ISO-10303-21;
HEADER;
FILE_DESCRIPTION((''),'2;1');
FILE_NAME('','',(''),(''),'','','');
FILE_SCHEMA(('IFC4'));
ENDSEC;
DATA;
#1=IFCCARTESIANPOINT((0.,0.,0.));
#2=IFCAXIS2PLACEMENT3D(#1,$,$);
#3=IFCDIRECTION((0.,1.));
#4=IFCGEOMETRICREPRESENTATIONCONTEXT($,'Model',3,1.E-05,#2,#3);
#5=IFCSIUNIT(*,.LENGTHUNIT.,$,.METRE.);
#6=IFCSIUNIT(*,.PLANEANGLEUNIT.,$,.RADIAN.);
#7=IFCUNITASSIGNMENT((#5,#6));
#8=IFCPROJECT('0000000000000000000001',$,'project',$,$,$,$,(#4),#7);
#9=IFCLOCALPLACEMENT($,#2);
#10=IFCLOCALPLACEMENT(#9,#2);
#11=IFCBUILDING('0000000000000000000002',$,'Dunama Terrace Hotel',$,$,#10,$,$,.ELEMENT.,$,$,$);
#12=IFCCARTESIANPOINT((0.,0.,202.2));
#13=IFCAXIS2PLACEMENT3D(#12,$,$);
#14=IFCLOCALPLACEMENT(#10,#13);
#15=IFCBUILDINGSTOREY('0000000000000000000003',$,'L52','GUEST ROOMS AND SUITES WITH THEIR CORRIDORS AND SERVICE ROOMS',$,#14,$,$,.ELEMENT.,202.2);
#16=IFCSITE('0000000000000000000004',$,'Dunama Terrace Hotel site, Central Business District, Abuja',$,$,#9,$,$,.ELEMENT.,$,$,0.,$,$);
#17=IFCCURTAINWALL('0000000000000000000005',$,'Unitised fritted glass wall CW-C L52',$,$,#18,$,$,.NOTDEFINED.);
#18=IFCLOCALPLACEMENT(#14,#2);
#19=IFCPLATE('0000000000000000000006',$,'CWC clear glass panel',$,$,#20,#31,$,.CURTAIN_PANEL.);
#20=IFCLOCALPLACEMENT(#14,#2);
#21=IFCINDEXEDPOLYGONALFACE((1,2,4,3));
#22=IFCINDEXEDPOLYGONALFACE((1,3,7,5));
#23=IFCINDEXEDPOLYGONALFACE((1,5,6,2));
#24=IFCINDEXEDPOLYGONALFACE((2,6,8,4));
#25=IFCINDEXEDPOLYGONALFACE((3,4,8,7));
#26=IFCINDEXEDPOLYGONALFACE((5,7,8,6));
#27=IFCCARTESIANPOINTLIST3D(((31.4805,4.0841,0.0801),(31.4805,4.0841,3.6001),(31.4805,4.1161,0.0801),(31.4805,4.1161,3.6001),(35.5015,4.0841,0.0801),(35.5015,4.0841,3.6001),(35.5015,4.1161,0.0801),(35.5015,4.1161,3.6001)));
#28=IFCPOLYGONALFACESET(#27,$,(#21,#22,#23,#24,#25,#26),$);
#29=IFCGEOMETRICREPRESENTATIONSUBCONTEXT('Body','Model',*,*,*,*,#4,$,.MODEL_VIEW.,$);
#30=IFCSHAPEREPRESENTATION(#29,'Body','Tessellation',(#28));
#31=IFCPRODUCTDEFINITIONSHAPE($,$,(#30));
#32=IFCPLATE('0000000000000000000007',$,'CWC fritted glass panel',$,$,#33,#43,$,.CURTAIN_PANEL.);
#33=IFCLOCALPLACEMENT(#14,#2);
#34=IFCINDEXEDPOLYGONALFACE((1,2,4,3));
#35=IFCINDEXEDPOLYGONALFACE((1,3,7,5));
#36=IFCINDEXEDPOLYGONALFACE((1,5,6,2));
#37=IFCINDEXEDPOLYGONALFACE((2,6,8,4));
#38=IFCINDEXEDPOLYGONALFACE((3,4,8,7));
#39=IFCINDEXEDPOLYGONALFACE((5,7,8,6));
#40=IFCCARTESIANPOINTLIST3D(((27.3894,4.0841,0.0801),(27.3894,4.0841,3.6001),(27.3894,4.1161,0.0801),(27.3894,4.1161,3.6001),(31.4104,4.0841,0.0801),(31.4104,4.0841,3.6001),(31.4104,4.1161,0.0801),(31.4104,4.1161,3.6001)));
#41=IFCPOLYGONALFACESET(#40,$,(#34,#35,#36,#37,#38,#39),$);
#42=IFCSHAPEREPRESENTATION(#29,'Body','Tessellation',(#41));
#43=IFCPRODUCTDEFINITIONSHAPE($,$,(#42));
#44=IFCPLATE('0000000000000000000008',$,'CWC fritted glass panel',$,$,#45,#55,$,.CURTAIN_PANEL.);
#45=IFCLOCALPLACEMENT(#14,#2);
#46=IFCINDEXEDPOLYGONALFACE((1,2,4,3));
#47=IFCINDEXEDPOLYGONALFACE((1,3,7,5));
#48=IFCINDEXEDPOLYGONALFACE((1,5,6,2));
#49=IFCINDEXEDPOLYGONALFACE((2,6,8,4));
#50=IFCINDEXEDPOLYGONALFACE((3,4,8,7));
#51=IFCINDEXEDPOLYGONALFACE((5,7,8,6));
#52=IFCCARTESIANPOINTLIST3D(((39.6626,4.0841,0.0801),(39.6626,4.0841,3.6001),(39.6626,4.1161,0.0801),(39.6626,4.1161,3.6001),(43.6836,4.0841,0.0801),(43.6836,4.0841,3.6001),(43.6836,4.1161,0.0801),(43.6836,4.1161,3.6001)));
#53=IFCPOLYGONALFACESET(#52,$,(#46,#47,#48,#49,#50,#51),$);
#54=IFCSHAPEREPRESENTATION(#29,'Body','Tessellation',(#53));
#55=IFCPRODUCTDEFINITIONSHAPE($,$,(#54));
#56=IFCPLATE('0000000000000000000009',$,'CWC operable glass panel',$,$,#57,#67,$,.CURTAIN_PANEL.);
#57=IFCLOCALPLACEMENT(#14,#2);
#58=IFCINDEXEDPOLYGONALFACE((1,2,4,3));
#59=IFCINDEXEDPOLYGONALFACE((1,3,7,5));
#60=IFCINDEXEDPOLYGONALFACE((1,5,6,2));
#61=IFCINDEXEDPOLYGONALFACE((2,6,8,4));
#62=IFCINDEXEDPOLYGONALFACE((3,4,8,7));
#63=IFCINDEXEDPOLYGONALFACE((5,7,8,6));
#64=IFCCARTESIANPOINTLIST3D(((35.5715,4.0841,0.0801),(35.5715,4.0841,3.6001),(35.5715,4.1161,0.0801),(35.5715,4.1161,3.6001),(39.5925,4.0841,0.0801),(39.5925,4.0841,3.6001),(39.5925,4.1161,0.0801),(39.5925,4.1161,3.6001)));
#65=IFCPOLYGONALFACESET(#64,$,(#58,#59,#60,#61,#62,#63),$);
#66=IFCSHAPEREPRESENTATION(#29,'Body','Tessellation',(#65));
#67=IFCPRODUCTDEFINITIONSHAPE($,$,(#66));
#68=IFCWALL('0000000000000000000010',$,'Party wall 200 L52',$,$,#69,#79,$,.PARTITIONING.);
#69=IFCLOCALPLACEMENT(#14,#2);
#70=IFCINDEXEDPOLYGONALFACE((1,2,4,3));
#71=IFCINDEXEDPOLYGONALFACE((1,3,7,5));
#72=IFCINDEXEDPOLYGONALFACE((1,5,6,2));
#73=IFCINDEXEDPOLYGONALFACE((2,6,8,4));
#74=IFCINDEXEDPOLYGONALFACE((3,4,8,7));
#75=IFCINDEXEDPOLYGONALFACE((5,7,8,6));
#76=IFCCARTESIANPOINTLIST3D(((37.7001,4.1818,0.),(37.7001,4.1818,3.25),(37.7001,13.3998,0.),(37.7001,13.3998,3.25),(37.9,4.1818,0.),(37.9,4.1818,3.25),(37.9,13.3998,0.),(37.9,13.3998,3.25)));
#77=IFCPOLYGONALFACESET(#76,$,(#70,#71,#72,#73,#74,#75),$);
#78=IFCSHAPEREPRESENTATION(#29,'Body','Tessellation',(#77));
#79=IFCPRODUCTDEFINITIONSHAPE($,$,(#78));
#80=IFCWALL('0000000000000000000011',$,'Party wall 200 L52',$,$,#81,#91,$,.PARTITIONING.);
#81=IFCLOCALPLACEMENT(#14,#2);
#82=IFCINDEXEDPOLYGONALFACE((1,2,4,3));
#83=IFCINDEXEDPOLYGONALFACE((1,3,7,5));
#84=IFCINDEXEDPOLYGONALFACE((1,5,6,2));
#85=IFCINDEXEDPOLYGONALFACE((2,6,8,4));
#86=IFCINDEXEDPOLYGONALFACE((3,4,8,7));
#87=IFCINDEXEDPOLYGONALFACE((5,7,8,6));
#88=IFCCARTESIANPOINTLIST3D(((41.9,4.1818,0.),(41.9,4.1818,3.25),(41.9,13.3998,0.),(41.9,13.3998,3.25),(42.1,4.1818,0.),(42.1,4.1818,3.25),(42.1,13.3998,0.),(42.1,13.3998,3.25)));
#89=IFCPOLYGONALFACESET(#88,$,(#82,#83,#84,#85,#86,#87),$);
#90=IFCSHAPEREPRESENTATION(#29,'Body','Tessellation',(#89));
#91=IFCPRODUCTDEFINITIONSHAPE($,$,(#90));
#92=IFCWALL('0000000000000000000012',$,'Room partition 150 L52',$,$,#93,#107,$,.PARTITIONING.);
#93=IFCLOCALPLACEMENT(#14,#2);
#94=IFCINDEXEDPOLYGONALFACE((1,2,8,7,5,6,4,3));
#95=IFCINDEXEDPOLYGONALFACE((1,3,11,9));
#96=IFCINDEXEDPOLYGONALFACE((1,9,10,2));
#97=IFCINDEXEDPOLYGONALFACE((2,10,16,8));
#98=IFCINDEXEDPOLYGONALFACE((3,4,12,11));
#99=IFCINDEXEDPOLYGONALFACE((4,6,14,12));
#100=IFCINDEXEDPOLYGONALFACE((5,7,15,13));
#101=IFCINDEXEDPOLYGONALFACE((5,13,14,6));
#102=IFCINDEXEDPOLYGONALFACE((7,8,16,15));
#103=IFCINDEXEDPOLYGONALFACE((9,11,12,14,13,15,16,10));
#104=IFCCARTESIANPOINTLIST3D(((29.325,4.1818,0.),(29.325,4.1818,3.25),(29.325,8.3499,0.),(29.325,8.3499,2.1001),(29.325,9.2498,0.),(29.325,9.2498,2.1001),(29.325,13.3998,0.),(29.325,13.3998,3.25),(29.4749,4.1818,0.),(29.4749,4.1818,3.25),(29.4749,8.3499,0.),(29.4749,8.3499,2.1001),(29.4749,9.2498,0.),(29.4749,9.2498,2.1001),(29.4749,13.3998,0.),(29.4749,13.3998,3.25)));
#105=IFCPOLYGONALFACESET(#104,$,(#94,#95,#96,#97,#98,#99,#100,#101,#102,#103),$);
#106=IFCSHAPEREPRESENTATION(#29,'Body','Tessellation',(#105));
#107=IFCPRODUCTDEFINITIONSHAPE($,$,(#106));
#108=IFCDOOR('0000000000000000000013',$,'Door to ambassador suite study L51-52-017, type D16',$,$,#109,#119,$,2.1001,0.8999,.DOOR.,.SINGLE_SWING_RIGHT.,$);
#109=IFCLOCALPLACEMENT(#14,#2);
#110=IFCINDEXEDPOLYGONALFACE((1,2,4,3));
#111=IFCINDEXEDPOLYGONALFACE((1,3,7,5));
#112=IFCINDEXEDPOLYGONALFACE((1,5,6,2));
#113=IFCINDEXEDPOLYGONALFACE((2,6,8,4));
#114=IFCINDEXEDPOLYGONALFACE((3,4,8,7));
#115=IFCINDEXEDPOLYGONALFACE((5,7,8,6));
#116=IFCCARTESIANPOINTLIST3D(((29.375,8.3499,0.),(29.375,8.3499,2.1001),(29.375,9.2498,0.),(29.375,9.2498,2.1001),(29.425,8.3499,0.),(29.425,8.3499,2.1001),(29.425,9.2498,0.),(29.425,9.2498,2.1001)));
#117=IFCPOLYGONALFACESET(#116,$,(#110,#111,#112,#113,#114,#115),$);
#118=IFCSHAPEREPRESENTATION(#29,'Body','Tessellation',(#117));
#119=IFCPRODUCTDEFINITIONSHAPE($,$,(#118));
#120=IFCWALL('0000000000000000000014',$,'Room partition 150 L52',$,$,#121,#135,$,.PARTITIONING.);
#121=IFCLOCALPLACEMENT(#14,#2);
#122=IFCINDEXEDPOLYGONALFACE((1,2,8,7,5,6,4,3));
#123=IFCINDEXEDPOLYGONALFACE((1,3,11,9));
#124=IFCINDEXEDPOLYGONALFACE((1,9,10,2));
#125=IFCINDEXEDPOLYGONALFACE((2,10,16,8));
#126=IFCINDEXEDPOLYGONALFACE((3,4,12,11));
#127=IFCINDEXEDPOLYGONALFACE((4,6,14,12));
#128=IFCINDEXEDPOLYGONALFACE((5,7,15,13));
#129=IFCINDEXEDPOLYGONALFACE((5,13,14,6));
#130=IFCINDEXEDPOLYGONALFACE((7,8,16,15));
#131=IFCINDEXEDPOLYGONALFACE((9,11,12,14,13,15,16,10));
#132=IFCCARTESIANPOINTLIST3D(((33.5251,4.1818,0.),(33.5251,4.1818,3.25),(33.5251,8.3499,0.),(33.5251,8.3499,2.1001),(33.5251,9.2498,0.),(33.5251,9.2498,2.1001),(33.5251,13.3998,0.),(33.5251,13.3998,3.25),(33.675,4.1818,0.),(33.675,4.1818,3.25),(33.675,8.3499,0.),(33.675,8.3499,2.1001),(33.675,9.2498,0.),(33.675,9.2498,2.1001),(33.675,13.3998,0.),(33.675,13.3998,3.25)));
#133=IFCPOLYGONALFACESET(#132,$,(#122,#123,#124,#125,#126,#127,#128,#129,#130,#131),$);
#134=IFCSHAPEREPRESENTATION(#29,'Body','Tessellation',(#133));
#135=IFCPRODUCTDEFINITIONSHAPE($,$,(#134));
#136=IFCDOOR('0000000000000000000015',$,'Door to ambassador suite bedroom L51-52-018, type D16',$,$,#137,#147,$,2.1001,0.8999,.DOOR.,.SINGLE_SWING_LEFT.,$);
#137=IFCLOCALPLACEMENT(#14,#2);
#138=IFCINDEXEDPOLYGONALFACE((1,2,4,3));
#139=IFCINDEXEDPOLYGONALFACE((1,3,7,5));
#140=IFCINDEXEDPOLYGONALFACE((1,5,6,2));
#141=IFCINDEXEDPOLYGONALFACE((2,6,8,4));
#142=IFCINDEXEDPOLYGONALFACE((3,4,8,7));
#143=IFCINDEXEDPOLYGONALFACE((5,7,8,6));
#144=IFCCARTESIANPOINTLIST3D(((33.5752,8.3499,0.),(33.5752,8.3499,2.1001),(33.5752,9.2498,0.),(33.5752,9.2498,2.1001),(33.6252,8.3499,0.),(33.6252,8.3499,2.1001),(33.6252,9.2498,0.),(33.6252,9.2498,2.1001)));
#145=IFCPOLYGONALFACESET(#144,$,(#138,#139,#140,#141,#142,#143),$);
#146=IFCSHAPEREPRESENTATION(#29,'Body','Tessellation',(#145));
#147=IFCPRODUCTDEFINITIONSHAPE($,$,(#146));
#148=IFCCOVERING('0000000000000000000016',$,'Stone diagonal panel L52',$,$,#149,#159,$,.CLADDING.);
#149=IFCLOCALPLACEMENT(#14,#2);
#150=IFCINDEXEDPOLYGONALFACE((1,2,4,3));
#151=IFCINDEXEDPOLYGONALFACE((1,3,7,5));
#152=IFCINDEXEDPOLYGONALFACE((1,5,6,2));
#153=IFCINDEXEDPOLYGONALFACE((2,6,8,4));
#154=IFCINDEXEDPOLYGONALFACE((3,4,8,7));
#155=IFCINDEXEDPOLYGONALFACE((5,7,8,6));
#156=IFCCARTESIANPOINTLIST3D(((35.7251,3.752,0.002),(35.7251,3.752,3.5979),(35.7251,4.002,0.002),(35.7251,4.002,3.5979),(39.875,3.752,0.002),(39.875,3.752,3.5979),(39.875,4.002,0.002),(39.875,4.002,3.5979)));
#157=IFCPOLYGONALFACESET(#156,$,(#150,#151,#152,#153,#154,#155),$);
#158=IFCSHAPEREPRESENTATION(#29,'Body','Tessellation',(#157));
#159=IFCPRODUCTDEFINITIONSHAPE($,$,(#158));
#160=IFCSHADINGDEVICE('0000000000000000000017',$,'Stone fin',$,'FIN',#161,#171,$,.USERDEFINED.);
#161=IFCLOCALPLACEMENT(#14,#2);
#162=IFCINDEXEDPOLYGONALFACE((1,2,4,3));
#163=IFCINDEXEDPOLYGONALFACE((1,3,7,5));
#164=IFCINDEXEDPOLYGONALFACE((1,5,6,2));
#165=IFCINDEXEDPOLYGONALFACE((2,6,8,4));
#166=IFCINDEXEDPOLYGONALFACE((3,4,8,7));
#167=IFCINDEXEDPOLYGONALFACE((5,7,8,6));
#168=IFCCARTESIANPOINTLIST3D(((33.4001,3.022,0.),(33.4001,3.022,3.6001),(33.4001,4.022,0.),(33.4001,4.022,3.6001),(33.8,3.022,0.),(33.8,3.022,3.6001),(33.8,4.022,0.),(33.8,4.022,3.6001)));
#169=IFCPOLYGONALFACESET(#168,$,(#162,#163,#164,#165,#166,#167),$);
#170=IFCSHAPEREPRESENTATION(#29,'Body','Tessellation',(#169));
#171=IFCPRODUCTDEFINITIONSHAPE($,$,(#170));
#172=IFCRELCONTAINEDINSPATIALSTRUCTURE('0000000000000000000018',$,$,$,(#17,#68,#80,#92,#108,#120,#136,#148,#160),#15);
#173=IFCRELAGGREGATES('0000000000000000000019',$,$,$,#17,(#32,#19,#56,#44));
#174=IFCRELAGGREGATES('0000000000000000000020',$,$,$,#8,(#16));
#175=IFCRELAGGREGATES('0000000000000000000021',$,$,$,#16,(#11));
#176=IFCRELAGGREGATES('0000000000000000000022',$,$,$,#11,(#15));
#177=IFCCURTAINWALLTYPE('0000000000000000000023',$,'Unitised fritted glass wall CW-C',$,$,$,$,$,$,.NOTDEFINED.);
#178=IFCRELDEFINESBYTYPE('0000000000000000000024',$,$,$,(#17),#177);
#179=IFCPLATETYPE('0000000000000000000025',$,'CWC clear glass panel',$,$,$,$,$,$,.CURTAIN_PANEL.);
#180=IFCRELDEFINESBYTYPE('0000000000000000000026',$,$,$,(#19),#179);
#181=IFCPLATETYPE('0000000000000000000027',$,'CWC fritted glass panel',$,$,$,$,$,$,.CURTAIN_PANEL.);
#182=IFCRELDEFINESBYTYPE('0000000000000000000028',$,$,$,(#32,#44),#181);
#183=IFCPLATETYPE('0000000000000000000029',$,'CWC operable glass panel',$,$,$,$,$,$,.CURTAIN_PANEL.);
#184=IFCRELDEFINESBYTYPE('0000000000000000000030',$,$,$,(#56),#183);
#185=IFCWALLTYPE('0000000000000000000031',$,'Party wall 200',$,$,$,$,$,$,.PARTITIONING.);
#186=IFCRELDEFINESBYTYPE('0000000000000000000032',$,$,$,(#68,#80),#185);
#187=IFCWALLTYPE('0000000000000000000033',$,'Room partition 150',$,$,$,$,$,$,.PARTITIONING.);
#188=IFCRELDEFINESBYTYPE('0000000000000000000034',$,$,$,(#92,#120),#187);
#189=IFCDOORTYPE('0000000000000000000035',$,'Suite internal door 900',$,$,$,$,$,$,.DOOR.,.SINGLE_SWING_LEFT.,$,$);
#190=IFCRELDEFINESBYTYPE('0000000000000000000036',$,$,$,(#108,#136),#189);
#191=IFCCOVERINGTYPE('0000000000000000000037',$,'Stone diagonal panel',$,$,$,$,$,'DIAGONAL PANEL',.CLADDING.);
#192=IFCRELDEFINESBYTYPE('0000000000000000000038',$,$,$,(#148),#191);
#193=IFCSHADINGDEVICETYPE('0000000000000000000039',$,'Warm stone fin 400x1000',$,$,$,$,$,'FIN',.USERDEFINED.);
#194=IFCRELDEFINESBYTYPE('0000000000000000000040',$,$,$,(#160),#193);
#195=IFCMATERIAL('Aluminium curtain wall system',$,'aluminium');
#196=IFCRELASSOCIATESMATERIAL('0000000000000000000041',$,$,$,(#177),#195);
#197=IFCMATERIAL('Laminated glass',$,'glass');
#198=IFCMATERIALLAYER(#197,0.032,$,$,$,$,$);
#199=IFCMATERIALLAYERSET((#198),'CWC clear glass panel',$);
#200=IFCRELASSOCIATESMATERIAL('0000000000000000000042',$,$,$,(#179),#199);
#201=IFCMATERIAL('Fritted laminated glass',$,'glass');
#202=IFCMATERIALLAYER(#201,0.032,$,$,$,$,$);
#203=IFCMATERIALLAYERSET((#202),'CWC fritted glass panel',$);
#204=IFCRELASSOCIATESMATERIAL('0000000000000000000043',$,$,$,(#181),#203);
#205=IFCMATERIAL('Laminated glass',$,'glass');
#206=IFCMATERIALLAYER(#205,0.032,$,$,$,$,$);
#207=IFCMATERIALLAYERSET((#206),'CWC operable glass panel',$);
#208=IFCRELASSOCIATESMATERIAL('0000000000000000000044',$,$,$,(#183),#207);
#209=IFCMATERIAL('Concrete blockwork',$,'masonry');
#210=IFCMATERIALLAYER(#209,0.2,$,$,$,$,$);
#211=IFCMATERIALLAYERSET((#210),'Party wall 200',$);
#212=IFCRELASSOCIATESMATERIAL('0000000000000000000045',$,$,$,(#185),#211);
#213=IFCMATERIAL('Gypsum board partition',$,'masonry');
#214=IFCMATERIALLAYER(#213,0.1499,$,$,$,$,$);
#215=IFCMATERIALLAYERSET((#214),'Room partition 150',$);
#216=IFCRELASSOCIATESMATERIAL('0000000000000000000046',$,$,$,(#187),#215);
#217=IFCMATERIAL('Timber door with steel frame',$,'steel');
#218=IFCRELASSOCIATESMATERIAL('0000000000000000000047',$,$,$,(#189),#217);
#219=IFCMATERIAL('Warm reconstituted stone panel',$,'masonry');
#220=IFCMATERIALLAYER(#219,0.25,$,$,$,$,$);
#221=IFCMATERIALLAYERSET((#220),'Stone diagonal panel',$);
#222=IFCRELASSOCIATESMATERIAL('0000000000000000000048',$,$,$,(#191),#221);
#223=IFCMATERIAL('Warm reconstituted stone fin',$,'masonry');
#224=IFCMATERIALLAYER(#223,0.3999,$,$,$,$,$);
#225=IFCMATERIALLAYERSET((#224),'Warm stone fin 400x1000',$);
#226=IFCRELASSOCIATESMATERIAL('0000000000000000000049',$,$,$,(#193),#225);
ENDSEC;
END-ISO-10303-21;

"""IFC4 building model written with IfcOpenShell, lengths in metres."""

from ifc_helpers import new_model, si_unit, direction, frame, frame_2d, origin, origin_2d, place, context, subcontext, project, spatial, rectangle, extrude, material, layer, layer_set, type_object, element, fill, aggregate, save


model = new_model("IFC4")

# Units and contexts
model_context = context("Model", 3, precision=1e-05, world=origin(), true_north=direction((0.0, 1.0)))
body_context = subcontext(model_context, "Body", "Model", "MODEL_VIEW")
ifc_project = project(units=[si_unit("LENGTHUNIT", "METRE"), si_unit("PLANEANGLEUNIT", "RADIAN")], contexts=[model_context])

# Site, building, storey
site_placement = place(None, origin())
site = spatial("IfcSite", under=ifc_project, at=site_placement, Name="Dunama Terrace Hotel site, Central Business District, Abuja", CompositionType="ELEMENT", RefElevation=0.0)
building_placement = place(site_placement, origin())
building = spatial("IfcBuilding", under=site, at=building_placement, Name="Dunama Terrace Hotel", CompositionType="ELEMENT")
storey_placement = place(building_placement, frame((0.0, 0.0, 202.2)))
storey = spatial("IfcBuildingStorey", under=building, at=storey_placement, Name="L52", Description="GUEST ROOMS AND SUITES WITH THEIR CORRIDORS AND SERVICE ROOMS", CompositionType="ELEMENT", Elevation=202.2)

# Curtain wall
ifc_material_1 = material(Name="Aluminium curtain wall system", Category="aluminium")
curtain_wall_type = type_object("IfcCurtainWallType", Name="Unitised fritted glass wall CW-C", PredefinedType="NOTDEFINED", material=ifc_material_1)
curtain_wall_placement = place(storey_placement, origin())
curtain_wall = element("IfcCurtainWall", 1, at=curtain_wall_placement, inside=storey, type_object=curtain_wall_type, Name="Unitised fritted glass wall CW-C L52", PredefinedType="NOTDEFINED")

# Plates
ifc_material_2 = material(Name="Laminated glass", Category="glass")
ifc_layer_1 = layer(ifc_material_2, 0.032)
ifc_layer_set_1 = layer_set([ifc_layer_1], Name="CWC clear glass panel")
plate_type_1 = type_object("IfcPlateType", Name="CWC clear glass panel", PredefinedType="CURTAIN_PANEL", material=ifc_layer_set_1)
plate_1_placement = place(storey_placement, frame((33.491, 4.1001, 0.0801), z_axis=(0.0, 0.0, 1.0), x_axis=(1.0, 0.0, 0.0)))
plate_1 = element("IfcPlate", 2, at=plate_1_placement, type_object=plate_type_1, Name="CWC clear glass panel", PredefinedType="CURTAIN_PANEL", context=body_context, shape_type="SweptSolid", body=[
    extrude(rectangle(XDim=4.021, YDim=0.032, at=origin_2d()), origin(), (0.0, 0.0, 1.0), 3.52),
])
ifc_material_3 = material(Name="Fritted laminated glass", Category="glass")
ifc_layer_2 = layer(ifc_material_3, 0.032)
ifc_layer_set_2 = layer_set([ifc_layer_2], Name="CWC fritted glass panel")
plate_type_2 = type_object("IfcPlateType", Name="CWC fritted glass panel", PredefinedType="CURTAIN_PANEL", material=ifc_layer_set_2)
plate_2_placement = place(storey_placement, frame((29.3999, 4.1001, 0.0801), z_axis=(0.0, 0.0, 1.0), x_axis=(1.0, 0.0, 0.0)))
plate_2 = element("IfcPlate", 3, at=plate_2_placement, type_object=plate_type_2, Name="CWC fritted glass panel", PredefinedType="CURTAIN_PANEL", context=body_context, shape_type="SweptSolid", body=[
    extrude(rectangle(XDim=4.021, YDim=0.032, at=origin_2d()), origin(), (0.0, 0.0, 1.0), 3.52),
])
plate_3_placement = place(storey_placement, frame((41.6731, 4.1001, 0.0801), z_axis=(0.0, 0.0, 1.0), x_axis=(1.0, 0.0, 0.0)))
plate_3 = element("IfcPlate", 4, at=plate_3_placement, type_object=plate_type_2, Name="CWC fritted glass panel", PredefinedType="CURTAIN_PANEL", context=body_context, shape_type="SweptSolid", body=[
    extrude(rectangle(XDim=4.021, YDim=0.032, at=origin_2d()), origin(), (0.0, 0.0, 1.0), 3.52),
])
ifc_material_4 = material(Name="Laminated glass", Category="glass")
ifc_layer_3 = layer(ifc_material_4, 0.032)
ifc_layer_set_3 = layer_set([ifc_layer_3], Name="CWC operable glass panel")
plate_type_3 = type_object("IfcPlateType", Name="CWC operable glass panel", PredefinedType="CURTAIN_PANEL", material=ifc_layer_set_3)
plate_4_placement = place(storey_placement, frame((37.582, 4.1001, 0.0801), z_axis=(0.0, 0.0, 1.0), x_axis=(1.0, 0.0, 0.0)))
plate_4 = element("IfcPlate", 5, at=plate_4_placement, type_object=plate_type_3, Name="CWC operable glass panel", PredefinedType="CURTAIN_PANEL", context=body_context, shape_type="SweptSolid", body=[
    extrude(rectangle(XDim=4.021, YDim=0.032, at=origin_2d()), origin(), (0.0, 0.0, 1.0), 3.52),
])
aggregate(curtain_wall, [plate_2, plate_1, plate_4, plate_3])

# Walls
ifc_material_5 = material(Name="Concrete blockwork", Category="masonry")
ifc_layer_4 = layer(ifc_material_5, 0.2)
ifc_layer_set_4 = layer_set([ifc_layer_4], Name="Party wall 200")
wall_type_1 = type_object("IfcWallType", Name="Party wall 200", PredefinedType="PARTITIONING", material=ifc_layer_set_4)
for number, where, z_axis, x_axis, name in (
    (6, (37.8, 4.1819, 0.0), (0.0, 0.0, 1.0), (0.0, 1.0, 0.0), "Party wall 200 L52"),
    (7, (42.0, 4.1819, 0.0), (0.0, 0.0, 1.0), (0.0, 1.0, 0.0), "Party wall 200 L52"),
):
    element("IfcWall", number, at=place(storey_placement, frame(where, z_axis=z_axis, x_axis=x_axis)), inside=storey, type_object=wall_type_1, Name=name, PredefinedType="PARTITIONING", context=body_context, shape_type="SweptSolid", body=[
        extrude(rectangle(XDim=9.218, YDim=0.2, at=frame_2d((4.6089, 0.0))), origin(), (0.0, 0.0, 1.0), 3.25),
    ])

# Walls, openings, doors
ifc_material_6 = material(Name="Gypsum board partition", Category="masonry")
ifc_layer_5 = layer(ifc_material_6, 0.1499)
ifc_layer_set_5 = layer_set([ifc_layer_5], Name="Room partition 150")
wall_type_2 = type_object("IfcWallType", Name="Room partition 150", PredefinedType="PARTITIONING", material=ifc_layer_set_5)
wall_1_placement = place(storey_placement, frame((29.3999, 4.1819, 0.0), z_axis=(0.0, 0.0, 1.0), x_axis=(0.0, 1.0, 0.0)))
wall_1 = element("IfcWall", 8, at=wall_1_placement, inside=storey, type_object=wall_type_2, Name="Room partition 150 L52", PredefinedType="PARTITIONING", context=body_context, shape_type="SweptSolid", body=[
    extrude(rectangle(XDim=9.218, YDim=0.1499, at=frame_2d((4.6089, 0.0))), origin(), (0.0, 0.0, 1.0), 3.25),
])
opening_1_placement = place(wall_1_placement, frame((4.168, 0.0, 0.0)))
opening_1 = element("IfcOpeningElement", 9, at=opening_1_placement, cuts=wall_1, PredefinedType="OPENING", context=body_context, shape_type="SweptSolid", body=[
    extrude(rectangle(XDim=0.8999, YDim=2.1001, at=frame_2d((0.45, 1.05))), frame((0.0, 0.085, 0.0), z_axis=(0.0, -1.0, 0.0), x_axis=(1.0, 0.0, 0.0)), (0.0, 0.0, 1.0), 0.1699),
])
ifc_material_7 = material(Name="Timber door with steel frame", Category="steel")
door_type = type_object("IfcDoorType", Name="Suite internal door 900", OperationType="SINGLE_SWING_LEFT", PredefinedType="DOOR", material=ifc_material_7)
door_1_placement = place(opening_1_placement, origin())
door_1 = element("IfcDoor", 10, at=door_1_placement, inside=storey, type_object=door_type, Name="Door to ambassador suite study L51-52-017, type D16", OperationType="SINGLE_SWING_RIGHT", OverallHeight=2.1001, OverallWidth=0.8999, PredefinedType="DOOR", context=body_context, shape_type="SweptSolid", body=[
    extrude(rectangle(XDim=0.8999, YDim=2.1001, at=frame_2d((0.45, 1.05))), frame((0.0, 0.0249, 0.0), z_axis=(0.0, -1.0, 0.0), x_axis=(1.0, 0.0, 0.0)), (0.0, 0.0, 1.0), 0.05),
])
fill(opening_1, door_1)
wall_2_placement = place(storey_placement, frame((33.6001, 4.1819, 0.0), z_axis=(0.0, 0.0, 1.0), x_axis=(0.0, 1.0, 0.0)))
wall_2 = element("IfcWall", 11, at=wall_2_placement, inside=storey, type_object=wall_type_2, Name="Room partition 150 L52", PredefinedType="PARTITIONING", context=body_context, shape_type="SweptSolid", body=[
    extrude(rectangle(XDim=9.218, YDim=0.1499, at=frame_2d((4.6089, 0.0))), origin(), (0.0, 0.0, 1.0), 3.25),
])
opening_2_placement = place(wall_2_placement, frame((4.168, 0.0, 0.0)))
opening_2 = element("IfcOpeningElement", 12, at=opening_2_placement, cuts=wall_2, PredefinedType="OPENING", context=body_context, shape_type="SweptSolid", body=[
    extrude(rectangle(XDim=0.8999, YDim=2.1001, at=frame_2d((0.45, 1.05))), frame((0.0, 0.085, 0.0), z_axis=(0.0, -1.0, 0.0), x_axis=(1.0, 0.0, 0.0)), (0.0, 0.0, 1.0), 0.1699),
])
door_2_placement = place(opening_2_placement, frame((0.8999, 0.0, 0.0), z_axis=(0.0, 0.0, 1.0), x_axis=(-1.0, 0.0, 0.0)))
door_2 = element("IfcDoor", 13, at=door_2_placement, inside=storey, type_object=door_type, Name="Door to ambassador suite bedroom L51-52-018, type D16", OperationType="SINGLE_SWING_LEFT", OverallHeight=2.1001, OverallWidth=0.8999, PredefinedType="DOOR", context=body_context, shape_type="SweptSolid", body=[
    extrude(rectangle(XDim=0.8999, YDim=2.1001, at=frame_2d((0.45, 1.05))), frame((0.0, 0.0251, 0.0), z_axis=(0.0, -1.0, 0.0), x_axis=(1.0, 0.0, 0.0)), (0.0, 0.0, 1.0), 0.05),
])
fill(opening_2, door_2)

# Covering
ifc_material_8 = material(Name="Warm reconstituted stone panel", Category="masonry")
ifc_layer_6 = layer(ifc_material_8, 0.25)
ifc_layer_set_6 = layer_set([ifc_layer_6], Name="Stone diagonal panel")
covering_type = type_object("IfcCoveringType", Name="Stone diagonal panel", ElementType="DIAGONAL PANEL", PredefinedType="CLADDING", material=ifc_layer_set_6)
covering_placement = place(storey_placement, frame((37.8, 3.877, 0.002), z_axis=(0.0, 0.0, 1.0), x_axis=(1.0, 0.0, 0.0)))
element("IfcCovering", 14, at=covering_placement, inside=storey, type_object=covering_type, Name="Stone diagonal panel L52", PredefinedType="CLADDING", context=body_context, shape_type="SweptSolid", body=[
    extrude(rectangle(XDim=4.1499, YDim=0.25, at=origin_2d()), origin(), (0.0, 0.0, 1.0), 3.5959),
])

# Shading device
ifc_material_9 = material(Name="Warm reconstituted stone fin", Category="masonry")
ifc_layer_7 = layer(ifc_material_9, 0.3999)
ifc_layer_set_7 = layer_set([ifc_layer_7], Name="Warm stone fin 400x1000")
shading_device_type = type_object("IfcShadingDeviceType", Name="Warm stone fin 400x1000", ElementType="FIN", PredefinedType="USERDEFINED", material=ifc_layer_set_7)
shading_device_placement = place(storey_placement, frame((33.6001, 3.522, 0.0), z_axis=(0.0, 0.0, 1.0), x_axis=(1.0, 0.0, 0.0)))
element("IfcShadingDevice", 15, at=shading_device_placement, inside=storey, type_object=shading_device_type, Name="Stone fin", ObjectType="FIN", PredefinedType="USERDEFINED", context=body_context, shape_type="SweptSolid", body=[
    extrude(rectangle(XDim=0.3999, YDim=1.0, at=origin_2d()), origin(), (0.0, 0.0, 1.0), 3.6001),
])

save(model, "model.ifc")
